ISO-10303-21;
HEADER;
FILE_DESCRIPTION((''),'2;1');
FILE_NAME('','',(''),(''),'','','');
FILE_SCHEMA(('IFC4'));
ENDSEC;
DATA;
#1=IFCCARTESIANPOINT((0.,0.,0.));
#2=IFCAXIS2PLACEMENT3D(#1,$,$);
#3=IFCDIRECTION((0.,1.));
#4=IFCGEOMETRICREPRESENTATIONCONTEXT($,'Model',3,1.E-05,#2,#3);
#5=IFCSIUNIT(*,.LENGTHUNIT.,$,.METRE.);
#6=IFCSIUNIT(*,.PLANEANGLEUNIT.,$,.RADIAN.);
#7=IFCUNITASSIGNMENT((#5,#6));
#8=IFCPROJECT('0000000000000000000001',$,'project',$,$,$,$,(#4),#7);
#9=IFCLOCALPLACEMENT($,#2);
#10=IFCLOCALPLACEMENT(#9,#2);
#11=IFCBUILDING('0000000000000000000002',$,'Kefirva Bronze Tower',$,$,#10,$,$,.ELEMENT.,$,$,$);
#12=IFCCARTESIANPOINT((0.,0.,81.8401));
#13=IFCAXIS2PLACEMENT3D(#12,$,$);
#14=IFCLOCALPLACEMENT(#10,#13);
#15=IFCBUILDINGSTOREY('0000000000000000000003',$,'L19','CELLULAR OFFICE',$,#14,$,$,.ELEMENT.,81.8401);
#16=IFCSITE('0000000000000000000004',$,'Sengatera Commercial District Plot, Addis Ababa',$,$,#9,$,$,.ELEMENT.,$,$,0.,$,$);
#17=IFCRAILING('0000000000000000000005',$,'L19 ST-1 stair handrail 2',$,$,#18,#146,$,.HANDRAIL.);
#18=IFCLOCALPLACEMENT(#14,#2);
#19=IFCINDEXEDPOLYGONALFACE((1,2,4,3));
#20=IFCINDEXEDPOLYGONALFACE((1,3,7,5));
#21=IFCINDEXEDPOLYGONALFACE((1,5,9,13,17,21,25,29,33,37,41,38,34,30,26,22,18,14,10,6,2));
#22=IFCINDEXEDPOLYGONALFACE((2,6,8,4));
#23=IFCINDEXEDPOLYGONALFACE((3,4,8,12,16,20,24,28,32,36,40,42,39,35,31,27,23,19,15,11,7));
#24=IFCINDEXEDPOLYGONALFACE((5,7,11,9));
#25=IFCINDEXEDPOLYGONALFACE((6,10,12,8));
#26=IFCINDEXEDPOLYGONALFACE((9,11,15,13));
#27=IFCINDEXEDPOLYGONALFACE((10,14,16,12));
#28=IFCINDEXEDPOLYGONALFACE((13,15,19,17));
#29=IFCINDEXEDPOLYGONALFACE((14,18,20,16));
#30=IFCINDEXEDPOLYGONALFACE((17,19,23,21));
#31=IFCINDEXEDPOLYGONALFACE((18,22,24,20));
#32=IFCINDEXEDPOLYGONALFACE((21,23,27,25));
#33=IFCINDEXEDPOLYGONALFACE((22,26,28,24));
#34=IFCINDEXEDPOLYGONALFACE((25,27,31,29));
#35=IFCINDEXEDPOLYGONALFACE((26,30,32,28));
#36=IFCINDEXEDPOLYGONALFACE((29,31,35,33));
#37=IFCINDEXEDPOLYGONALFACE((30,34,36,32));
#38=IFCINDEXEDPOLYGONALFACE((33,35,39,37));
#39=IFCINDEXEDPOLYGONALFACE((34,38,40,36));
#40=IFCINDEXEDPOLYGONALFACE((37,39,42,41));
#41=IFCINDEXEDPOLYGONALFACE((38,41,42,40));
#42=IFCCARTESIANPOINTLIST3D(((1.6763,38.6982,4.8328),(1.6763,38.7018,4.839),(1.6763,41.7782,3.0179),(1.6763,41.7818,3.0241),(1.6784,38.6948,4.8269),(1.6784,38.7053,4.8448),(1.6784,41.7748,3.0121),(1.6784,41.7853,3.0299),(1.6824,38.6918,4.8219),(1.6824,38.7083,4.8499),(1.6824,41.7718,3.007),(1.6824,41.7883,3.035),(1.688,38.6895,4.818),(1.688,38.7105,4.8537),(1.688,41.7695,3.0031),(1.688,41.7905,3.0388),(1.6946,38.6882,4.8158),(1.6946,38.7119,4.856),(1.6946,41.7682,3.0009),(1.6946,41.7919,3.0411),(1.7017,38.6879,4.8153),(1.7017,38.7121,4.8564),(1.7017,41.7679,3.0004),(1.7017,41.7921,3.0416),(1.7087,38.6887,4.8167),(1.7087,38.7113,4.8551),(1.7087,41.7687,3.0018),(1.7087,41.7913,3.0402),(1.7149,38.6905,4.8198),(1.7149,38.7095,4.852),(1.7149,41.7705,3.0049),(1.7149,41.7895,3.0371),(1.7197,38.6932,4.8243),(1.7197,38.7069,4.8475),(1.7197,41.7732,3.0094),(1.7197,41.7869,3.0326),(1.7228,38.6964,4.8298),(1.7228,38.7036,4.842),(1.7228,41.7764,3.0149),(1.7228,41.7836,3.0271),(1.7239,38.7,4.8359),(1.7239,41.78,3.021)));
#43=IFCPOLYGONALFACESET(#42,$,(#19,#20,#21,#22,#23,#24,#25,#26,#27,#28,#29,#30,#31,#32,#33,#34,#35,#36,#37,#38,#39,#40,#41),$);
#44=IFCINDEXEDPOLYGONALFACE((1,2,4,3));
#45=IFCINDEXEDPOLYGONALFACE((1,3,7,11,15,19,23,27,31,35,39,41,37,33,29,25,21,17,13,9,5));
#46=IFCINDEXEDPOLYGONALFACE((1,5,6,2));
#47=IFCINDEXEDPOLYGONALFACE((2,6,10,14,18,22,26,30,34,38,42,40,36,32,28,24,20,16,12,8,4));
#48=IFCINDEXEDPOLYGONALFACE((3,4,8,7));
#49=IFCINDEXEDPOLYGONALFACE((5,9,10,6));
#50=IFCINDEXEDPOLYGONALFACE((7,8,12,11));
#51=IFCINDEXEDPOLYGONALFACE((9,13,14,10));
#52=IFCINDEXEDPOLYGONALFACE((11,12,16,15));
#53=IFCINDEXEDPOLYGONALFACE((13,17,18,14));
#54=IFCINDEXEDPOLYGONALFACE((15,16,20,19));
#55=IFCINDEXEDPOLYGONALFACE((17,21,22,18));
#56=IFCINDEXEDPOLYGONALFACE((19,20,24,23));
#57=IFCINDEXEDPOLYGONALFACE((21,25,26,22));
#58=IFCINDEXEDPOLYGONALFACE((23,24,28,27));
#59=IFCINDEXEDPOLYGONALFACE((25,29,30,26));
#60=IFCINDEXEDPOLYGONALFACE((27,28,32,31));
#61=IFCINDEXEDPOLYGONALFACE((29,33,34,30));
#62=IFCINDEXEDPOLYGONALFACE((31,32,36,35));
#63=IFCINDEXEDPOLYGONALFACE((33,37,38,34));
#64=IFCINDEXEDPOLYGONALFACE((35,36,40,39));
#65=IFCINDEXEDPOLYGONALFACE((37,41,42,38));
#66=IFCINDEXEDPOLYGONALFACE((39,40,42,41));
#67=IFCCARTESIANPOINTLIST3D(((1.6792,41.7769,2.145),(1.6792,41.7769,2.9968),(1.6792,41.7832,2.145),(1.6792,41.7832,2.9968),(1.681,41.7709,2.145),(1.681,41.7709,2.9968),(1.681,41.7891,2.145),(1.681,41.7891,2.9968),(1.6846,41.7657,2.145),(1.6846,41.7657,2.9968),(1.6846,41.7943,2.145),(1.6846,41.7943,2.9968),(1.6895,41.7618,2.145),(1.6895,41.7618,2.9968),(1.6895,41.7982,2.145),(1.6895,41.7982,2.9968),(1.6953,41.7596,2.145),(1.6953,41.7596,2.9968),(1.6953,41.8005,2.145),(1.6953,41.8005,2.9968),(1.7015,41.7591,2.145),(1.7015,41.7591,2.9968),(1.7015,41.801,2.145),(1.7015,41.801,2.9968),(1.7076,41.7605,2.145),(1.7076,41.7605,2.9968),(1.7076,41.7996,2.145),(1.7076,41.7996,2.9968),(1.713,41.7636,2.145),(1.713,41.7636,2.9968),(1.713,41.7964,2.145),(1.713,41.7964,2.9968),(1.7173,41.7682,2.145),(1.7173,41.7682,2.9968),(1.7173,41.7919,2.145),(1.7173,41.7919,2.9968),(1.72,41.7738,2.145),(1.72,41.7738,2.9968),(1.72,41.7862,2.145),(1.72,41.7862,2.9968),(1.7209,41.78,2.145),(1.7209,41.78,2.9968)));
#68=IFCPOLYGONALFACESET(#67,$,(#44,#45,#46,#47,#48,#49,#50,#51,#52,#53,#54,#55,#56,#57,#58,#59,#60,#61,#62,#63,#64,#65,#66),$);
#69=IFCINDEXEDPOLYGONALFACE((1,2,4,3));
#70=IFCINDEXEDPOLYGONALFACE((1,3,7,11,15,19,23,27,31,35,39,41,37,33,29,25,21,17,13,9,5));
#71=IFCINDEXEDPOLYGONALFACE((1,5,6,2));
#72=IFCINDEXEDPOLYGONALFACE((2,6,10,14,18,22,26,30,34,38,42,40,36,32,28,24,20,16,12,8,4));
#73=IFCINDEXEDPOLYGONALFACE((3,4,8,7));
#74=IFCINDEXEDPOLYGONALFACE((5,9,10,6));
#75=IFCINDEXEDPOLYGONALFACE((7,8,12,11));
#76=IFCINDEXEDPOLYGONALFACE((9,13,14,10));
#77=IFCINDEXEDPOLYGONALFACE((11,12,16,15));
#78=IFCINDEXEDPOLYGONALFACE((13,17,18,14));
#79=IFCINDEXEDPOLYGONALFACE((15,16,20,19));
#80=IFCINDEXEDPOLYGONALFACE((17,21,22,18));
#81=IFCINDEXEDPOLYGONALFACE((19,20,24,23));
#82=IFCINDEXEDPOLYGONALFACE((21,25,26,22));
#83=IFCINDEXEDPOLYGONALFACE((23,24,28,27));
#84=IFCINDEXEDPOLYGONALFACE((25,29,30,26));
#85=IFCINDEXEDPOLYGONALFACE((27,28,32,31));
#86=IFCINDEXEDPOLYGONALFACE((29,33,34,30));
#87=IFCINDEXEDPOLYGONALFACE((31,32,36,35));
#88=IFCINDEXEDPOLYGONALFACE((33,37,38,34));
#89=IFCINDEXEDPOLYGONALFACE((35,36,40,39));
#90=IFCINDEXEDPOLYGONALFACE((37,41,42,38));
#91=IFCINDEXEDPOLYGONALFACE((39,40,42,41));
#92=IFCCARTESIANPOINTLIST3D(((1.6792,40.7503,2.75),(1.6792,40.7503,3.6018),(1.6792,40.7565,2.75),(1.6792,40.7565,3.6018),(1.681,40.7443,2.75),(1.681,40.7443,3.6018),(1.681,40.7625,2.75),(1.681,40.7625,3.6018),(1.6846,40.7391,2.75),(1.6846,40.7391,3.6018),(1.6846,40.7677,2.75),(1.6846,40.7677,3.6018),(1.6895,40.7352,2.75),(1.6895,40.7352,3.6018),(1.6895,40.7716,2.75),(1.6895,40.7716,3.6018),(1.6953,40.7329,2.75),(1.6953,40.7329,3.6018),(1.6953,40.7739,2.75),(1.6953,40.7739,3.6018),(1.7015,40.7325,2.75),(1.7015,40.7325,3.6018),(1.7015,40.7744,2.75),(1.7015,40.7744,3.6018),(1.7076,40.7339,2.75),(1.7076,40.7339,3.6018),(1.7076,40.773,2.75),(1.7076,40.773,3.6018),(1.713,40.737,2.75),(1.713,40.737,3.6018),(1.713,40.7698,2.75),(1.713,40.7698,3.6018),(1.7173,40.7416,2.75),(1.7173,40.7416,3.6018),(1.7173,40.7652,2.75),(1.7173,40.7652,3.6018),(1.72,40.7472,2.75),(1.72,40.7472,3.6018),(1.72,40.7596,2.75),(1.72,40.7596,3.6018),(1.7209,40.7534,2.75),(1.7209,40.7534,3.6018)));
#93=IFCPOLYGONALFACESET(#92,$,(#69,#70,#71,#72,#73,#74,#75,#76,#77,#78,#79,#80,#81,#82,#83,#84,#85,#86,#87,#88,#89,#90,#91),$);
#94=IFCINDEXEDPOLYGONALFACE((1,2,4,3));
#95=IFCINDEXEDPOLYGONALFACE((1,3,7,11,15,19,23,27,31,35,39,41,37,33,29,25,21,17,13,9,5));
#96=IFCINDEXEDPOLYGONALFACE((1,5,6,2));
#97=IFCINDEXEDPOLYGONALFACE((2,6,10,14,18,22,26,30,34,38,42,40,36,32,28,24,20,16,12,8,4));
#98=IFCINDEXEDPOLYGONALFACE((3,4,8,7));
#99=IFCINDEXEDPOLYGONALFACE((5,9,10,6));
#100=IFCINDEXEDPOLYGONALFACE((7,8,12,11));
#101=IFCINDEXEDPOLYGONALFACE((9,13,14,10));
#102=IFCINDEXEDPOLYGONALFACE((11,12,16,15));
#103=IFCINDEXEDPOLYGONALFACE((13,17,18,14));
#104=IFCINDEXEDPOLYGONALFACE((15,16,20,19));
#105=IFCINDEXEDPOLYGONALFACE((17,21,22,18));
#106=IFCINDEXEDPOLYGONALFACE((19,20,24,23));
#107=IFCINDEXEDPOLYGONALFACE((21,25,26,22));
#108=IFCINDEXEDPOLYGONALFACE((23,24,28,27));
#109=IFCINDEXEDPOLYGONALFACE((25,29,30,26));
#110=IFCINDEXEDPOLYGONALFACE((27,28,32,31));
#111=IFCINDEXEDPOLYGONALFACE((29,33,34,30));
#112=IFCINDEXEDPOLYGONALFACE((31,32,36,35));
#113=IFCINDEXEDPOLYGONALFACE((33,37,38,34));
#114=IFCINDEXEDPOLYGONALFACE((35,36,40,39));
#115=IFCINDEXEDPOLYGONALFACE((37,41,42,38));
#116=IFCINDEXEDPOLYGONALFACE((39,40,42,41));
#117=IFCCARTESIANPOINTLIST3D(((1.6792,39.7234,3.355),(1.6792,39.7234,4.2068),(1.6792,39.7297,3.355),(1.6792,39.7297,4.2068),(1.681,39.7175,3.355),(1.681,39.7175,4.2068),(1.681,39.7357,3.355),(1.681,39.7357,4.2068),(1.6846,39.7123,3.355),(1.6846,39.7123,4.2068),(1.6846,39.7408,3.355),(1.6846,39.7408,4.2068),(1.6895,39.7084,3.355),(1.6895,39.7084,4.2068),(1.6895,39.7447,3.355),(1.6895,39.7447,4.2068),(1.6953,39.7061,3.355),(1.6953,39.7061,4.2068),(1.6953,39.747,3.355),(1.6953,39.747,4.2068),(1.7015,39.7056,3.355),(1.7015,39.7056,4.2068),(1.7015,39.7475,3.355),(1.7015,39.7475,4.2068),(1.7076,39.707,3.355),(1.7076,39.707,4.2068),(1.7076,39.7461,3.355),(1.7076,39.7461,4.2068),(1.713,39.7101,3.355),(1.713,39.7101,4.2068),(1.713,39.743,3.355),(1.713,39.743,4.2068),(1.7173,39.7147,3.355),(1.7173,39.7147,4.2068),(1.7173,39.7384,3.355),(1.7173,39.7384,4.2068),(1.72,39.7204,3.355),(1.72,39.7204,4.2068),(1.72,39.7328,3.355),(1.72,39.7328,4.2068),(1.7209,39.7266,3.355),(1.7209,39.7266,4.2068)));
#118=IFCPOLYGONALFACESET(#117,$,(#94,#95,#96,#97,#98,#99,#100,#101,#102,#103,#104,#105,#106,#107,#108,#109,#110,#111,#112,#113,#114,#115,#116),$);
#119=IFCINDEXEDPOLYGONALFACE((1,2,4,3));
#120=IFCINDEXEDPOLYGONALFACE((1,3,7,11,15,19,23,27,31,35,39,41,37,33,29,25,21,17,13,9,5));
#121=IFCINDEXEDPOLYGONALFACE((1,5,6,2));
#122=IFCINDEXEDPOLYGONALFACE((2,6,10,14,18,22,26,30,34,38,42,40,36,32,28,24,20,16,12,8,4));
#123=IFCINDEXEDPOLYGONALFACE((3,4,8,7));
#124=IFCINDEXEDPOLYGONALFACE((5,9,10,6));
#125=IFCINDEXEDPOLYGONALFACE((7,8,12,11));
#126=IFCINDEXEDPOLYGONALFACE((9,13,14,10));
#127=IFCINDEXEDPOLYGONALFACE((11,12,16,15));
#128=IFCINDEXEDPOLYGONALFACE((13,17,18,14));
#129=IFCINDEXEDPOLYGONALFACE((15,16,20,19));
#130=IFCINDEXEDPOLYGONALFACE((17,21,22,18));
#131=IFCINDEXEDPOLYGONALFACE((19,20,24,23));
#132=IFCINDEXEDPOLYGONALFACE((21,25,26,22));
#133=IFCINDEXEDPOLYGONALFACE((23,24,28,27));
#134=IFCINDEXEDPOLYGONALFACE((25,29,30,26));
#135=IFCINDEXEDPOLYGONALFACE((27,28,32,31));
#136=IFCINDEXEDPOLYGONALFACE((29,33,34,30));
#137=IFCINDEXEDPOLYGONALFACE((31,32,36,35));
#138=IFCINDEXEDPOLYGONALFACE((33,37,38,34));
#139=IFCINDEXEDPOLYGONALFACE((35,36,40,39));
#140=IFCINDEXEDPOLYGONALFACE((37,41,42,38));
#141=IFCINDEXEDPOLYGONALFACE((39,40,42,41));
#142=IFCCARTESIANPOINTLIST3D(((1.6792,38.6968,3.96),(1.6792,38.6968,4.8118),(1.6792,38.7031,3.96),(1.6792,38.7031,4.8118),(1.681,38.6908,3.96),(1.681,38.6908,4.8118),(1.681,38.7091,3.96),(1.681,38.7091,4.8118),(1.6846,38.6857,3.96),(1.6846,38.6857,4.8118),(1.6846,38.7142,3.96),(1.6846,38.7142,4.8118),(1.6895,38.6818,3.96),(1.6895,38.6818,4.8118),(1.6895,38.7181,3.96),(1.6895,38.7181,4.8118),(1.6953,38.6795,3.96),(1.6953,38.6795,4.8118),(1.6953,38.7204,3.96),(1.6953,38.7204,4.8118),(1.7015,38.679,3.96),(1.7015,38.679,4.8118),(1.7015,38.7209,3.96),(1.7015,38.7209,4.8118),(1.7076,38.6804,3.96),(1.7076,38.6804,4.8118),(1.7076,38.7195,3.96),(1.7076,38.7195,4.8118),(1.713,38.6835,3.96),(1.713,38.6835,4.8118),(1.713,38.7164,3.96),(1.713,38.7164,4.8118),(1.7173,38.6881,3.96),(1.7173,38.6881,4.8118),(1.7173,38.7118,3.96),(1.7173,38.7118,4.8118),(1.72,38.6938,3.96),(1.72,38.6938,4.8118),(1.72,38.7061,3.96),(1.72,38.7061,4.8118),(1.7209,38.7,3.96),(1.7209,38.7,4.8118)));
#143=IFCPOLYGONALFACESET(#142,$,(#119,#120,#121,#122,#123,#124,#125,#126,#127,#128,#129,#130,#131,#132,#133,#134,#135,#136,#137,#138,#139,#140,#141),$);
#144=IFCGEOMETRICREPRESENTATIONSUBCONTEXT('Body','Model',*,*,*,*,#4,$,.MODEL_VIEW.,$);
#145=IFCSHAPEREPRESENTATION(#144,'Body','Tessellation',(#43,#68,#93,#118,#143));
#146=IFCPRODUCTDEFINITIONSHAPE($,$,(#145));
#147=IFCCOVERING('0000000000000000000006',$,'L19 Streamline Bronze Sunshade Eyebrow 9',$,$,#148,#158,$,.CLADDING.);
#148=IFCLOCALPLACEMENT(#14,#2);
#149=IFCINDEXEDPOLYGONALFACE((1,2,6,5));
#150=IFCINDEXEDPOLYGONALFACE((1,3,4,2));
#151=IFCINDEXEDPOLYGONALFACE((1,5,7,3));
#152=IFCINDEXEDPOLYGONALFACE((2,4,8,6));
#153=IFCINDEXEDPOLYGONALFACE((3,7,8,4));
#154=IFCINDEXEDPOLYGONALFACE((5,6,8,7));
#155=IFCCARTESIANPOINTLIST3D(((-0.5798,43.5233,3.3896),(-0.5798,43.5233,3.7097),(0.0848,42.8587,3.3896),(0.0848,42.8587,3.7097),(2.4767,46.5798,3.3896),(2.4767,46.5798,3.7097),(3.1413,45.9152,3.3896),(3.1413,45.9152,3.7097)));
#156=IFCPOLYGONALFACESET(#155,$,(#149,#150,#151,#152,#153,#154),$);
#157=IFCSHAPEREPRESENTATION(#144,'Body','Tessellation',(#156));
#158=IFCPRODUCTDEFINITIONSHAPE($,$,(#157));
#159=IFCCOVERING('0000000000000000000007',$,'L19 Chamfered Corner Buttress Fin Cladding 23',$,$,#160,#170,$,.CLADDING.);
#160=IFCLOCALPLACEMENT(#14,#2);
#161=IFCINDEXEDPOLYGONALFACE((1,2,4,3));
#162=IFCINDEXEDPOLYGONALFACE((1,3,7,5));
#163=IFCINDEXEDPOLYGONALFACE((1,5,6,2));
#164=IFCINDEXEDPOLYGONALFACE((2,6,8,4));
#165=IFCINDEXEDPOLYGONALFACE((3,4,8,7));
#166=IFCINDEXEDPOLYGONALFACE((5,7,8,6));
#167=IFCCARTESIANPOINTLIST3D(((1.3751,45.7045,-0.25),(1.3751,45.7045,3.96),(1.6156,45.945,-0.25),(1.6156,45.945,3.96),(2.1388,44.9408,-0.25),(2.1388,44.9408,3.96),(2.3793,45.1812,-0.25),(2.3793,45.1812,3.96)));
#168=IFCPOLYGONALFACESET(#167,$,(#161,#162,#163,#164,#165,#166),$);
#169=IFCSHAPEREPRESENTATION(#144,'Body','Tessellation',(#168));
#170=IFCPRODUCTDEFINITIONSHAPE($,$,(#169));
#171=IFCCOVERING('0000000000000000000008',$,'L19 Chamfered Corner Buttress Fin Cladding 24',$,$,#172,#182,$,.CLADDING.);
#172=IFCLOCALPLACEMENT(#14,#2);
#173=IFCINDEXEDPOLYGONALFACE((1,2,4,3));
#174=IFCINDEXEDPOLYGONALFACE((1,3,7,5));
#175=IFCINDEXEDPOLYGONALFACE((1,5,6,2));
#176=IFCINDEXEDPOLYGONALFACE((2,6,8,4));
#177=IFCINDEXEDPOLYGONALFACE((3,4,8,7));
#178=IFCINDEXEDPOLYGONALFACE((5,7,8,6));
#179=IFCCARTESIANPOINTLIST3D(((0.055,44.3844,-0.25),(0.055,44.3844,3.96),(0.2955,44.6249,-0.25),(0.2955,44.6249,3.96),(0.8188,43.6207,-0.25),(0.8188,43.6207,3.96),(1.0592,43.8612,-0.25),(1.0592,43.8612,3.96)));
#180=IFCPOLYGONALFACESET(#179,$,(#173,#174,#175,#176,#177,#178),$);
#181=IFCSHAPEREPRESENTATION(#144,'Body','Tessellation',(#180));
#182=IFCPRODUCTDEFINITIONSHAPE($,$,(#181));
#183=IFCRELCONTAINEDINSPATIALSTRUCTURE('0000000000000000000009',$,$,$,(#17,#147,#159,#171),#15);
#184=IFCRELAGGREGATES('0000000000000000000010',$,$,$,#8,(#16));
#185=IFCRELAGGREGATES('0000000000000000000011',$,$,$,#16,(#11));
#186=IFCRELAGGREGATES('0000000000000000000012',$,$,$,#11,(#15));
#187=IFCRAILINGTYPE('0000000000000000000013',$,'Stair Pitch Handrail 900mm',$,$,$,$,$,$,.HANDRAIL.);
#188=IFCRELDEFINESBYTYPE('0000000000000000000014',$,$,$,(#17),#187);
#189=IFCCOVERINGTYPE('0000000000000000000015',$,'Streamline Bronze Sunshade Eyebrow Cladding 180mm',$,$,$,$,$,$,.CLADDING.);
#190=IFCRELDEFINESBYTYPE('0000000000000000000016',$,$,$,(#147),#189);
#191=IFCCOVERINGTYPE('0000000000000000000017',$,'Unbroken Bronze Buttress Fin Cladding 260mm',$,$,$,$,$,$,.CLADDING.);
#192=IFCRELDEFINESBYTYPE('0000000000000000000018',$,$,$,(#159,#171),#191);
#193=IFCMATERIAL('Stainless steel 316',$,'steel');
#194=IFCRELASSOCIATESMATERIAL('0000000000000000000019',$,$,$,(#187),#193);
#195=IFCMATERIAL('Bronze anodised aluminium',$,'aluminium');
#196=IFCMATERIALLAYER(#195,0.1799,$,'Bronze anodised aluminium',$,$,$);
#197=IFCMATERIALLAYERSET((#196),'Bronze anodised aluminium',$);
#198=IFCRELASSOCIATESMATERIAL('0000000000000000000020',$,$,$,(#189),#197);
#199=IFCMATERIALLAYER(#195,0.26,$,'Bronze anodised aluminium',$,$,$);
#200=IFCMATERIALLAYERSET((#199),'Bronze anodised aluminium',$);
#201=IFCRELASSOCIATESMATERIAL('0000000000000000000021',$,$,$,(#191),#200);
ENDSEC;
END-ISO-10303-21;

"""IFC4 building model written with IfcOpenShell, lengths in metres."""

from ifc_helpers import new_model, si_unit, direction, frame, origin, origin_2d, place, context, subcontext, project, spatial, rectangle, circle, extrude, material, layer, layer_set, type_object, element, save


model = new_model("IFC4")

# Units and contexts
model_context = context("Model", 3, precision=1e-05, world=origin(), true_north=direction((0.0, 1.0)))
body_context = subcontext(model_context, "Body", "Model", "MODEL_VIEW")
ifc_project = project(units=[si_unit("LENGTHUNIT", "METRE"), si_unit("PLANEANGLEUNIT", "RADIAN")], contexts=[model_context])

# Site, building, storey
site_placement = place(None, origin())
site = spatial("IfcSite", under=ifc_project, at=site_placement, Name="Sengatera Commercial District Plot, Addis Ababa", CompositionType="ELEMENT", RefElevation=0.0)
building_placement = place(site_placement, origin())
building = spatial("IfcBuilding", under=site, at=building_placement, Name="Kefirva Bronze Tower", CompositionType="ELEMENT")
storey_placement = place(building_placement, frame((0.0, 0.0, 81.8401)))
storey = spatial("IfcBuildingStorey", under=building, at=storey_placement, Name="L19", Description="CELLULAR OFFICE", CompositionType="ELEMENT", Elevation=81.8401)

# Shared definitions
ifc_material_1 = material(Name="Bronze anodised aluminium", Category="aluminium")

# Railing
ifc_material_2 = material(Name="Stainless steel 316", Category="steel")
railing_type_1 = type_object("IfcRailingType", Name="Stair Pitch Handrail 900mm", PredefinedType="HANDRAIL", material=ifc_material_2)
railing_1_placement = place(storey_placement, frame((1.7, 41.78, 2.145)))
element("IfcRailing", 1, at=railing_1_placement, inside=storey, type_object=railing_type_1, Name="L19 ST-1 stair handrail 2", PredefinedType="HANDRAIL", context=body_context, shape_type="SweptSolid", body=[
    extrude(circle(Radius=0.0239, at=origin_2d()), frame((0.0, 0.0, 0.876), z_axis=(0.0, -0.861551, 0.507671), x_axis=(1.0, 0.0, 0.0)), (0.0, 0.0, 1.0), 3.575),
    extrude(circle(Radius=0.021, at=origin_2d()), origin(), (0.0, 0.0, 1.0), 0.8518),
    extrude(circle(Radius=0.021, at=origin_2d()), frame((0.0, -1.0266, 0.605)), (0.0, 0.0, 1.0), 0.8518),
    extrude(circle(Radius=0.021, at=origin_2d()), frame((0.0, -2.0535, 1.21)), (0.0, 0.0, 1.0), 0.8518),
    extrude(circle(Radius=0.021, at=origin_2d()), frame((0.0, -3.0801, 1.8149)), (0.0, 0.0, 1.0), 0.8518),
])

# Coverings
ifc_layer_1 = layer(ifc_material_1, 0.1799, Name="Bronze anodised aluminium")
ifc_layer_set_1 = layer_set([ifc_layer_1], Name="Bronze anodised aluminium")
covering_type_1 = type_object("IfcCoveringType", Name="Streamline Bronze Sunshade Eyebrow Cladding 180mm", PredefinedType="CLADDING", material=ifc_layer_set_1)
covering_1_placement = place(storey_placement, frame((1.2808, 44.7192, 3.3896), z_axis=(0.0, 0.0, 1.0), x_axis=(-0.707107, -0.707107, 0.0)))
element("IfcCovering", 2, at=covering_1_placement, inside=storey, type_object=covering_type_1, Name="L19 Streamline Bronze Sunshade Eyebrow 9", PredefinedType="CLADDING", context=body_context, shape_type="SweptSolid", body=[
    extrude(rectangle(XDim=4.3225, YDim=0.9399, at=origin_2d()), origin(), (0.0, 0.0, 1.0), 0.3201),
])
ifc_layer_2 = layer(ifc_material_1, 0.26, Name="Bronze anodised aluminium")
ifc_layer_set_2 = layer_set([ifc_layer_2], Name="Bronze anodised aluminium")
covering_type_2 = type_object("IfcCoveringType", Name="Unbroken Bronze Buttress Fin Cladding 260mm", PredefinedType="CLADDING", material=ifc_layer_set_2)
for number, where, z_axis, x_axis, name in (
    (3, (1.8772, 45.4429, -0.25), (0.0, 0.0, 1.0), (-0.707107, -0.707107, 0.0), "L19 Chamfered Corner Buttress Fin Cladding 23"),
    (4, (0.5571, 44.1228, -0.25), (0.0, 0.0, 1.0), (-0.707107, -0.707107, 0.0), "L19 Chamfered Corner Buttress Fin Cladding 24"),
):
    element("IfcCovering", number, at=place(storey_placement, frame(where, z_axis=z_axis, x_axis=x_axis)), inside=storey, type_object=covering_type_2, Name=name, PredefinedType="CLADDING", context=body_context, shape_type="SweptSolid", body=[
        extrude(rectangle(XDim=0.3401, YDim=1.0801, at=origin_2d()), origin(), (0.0, 0.0, 1.0), 4.21),
    ])

save(model, "model.ifc")
